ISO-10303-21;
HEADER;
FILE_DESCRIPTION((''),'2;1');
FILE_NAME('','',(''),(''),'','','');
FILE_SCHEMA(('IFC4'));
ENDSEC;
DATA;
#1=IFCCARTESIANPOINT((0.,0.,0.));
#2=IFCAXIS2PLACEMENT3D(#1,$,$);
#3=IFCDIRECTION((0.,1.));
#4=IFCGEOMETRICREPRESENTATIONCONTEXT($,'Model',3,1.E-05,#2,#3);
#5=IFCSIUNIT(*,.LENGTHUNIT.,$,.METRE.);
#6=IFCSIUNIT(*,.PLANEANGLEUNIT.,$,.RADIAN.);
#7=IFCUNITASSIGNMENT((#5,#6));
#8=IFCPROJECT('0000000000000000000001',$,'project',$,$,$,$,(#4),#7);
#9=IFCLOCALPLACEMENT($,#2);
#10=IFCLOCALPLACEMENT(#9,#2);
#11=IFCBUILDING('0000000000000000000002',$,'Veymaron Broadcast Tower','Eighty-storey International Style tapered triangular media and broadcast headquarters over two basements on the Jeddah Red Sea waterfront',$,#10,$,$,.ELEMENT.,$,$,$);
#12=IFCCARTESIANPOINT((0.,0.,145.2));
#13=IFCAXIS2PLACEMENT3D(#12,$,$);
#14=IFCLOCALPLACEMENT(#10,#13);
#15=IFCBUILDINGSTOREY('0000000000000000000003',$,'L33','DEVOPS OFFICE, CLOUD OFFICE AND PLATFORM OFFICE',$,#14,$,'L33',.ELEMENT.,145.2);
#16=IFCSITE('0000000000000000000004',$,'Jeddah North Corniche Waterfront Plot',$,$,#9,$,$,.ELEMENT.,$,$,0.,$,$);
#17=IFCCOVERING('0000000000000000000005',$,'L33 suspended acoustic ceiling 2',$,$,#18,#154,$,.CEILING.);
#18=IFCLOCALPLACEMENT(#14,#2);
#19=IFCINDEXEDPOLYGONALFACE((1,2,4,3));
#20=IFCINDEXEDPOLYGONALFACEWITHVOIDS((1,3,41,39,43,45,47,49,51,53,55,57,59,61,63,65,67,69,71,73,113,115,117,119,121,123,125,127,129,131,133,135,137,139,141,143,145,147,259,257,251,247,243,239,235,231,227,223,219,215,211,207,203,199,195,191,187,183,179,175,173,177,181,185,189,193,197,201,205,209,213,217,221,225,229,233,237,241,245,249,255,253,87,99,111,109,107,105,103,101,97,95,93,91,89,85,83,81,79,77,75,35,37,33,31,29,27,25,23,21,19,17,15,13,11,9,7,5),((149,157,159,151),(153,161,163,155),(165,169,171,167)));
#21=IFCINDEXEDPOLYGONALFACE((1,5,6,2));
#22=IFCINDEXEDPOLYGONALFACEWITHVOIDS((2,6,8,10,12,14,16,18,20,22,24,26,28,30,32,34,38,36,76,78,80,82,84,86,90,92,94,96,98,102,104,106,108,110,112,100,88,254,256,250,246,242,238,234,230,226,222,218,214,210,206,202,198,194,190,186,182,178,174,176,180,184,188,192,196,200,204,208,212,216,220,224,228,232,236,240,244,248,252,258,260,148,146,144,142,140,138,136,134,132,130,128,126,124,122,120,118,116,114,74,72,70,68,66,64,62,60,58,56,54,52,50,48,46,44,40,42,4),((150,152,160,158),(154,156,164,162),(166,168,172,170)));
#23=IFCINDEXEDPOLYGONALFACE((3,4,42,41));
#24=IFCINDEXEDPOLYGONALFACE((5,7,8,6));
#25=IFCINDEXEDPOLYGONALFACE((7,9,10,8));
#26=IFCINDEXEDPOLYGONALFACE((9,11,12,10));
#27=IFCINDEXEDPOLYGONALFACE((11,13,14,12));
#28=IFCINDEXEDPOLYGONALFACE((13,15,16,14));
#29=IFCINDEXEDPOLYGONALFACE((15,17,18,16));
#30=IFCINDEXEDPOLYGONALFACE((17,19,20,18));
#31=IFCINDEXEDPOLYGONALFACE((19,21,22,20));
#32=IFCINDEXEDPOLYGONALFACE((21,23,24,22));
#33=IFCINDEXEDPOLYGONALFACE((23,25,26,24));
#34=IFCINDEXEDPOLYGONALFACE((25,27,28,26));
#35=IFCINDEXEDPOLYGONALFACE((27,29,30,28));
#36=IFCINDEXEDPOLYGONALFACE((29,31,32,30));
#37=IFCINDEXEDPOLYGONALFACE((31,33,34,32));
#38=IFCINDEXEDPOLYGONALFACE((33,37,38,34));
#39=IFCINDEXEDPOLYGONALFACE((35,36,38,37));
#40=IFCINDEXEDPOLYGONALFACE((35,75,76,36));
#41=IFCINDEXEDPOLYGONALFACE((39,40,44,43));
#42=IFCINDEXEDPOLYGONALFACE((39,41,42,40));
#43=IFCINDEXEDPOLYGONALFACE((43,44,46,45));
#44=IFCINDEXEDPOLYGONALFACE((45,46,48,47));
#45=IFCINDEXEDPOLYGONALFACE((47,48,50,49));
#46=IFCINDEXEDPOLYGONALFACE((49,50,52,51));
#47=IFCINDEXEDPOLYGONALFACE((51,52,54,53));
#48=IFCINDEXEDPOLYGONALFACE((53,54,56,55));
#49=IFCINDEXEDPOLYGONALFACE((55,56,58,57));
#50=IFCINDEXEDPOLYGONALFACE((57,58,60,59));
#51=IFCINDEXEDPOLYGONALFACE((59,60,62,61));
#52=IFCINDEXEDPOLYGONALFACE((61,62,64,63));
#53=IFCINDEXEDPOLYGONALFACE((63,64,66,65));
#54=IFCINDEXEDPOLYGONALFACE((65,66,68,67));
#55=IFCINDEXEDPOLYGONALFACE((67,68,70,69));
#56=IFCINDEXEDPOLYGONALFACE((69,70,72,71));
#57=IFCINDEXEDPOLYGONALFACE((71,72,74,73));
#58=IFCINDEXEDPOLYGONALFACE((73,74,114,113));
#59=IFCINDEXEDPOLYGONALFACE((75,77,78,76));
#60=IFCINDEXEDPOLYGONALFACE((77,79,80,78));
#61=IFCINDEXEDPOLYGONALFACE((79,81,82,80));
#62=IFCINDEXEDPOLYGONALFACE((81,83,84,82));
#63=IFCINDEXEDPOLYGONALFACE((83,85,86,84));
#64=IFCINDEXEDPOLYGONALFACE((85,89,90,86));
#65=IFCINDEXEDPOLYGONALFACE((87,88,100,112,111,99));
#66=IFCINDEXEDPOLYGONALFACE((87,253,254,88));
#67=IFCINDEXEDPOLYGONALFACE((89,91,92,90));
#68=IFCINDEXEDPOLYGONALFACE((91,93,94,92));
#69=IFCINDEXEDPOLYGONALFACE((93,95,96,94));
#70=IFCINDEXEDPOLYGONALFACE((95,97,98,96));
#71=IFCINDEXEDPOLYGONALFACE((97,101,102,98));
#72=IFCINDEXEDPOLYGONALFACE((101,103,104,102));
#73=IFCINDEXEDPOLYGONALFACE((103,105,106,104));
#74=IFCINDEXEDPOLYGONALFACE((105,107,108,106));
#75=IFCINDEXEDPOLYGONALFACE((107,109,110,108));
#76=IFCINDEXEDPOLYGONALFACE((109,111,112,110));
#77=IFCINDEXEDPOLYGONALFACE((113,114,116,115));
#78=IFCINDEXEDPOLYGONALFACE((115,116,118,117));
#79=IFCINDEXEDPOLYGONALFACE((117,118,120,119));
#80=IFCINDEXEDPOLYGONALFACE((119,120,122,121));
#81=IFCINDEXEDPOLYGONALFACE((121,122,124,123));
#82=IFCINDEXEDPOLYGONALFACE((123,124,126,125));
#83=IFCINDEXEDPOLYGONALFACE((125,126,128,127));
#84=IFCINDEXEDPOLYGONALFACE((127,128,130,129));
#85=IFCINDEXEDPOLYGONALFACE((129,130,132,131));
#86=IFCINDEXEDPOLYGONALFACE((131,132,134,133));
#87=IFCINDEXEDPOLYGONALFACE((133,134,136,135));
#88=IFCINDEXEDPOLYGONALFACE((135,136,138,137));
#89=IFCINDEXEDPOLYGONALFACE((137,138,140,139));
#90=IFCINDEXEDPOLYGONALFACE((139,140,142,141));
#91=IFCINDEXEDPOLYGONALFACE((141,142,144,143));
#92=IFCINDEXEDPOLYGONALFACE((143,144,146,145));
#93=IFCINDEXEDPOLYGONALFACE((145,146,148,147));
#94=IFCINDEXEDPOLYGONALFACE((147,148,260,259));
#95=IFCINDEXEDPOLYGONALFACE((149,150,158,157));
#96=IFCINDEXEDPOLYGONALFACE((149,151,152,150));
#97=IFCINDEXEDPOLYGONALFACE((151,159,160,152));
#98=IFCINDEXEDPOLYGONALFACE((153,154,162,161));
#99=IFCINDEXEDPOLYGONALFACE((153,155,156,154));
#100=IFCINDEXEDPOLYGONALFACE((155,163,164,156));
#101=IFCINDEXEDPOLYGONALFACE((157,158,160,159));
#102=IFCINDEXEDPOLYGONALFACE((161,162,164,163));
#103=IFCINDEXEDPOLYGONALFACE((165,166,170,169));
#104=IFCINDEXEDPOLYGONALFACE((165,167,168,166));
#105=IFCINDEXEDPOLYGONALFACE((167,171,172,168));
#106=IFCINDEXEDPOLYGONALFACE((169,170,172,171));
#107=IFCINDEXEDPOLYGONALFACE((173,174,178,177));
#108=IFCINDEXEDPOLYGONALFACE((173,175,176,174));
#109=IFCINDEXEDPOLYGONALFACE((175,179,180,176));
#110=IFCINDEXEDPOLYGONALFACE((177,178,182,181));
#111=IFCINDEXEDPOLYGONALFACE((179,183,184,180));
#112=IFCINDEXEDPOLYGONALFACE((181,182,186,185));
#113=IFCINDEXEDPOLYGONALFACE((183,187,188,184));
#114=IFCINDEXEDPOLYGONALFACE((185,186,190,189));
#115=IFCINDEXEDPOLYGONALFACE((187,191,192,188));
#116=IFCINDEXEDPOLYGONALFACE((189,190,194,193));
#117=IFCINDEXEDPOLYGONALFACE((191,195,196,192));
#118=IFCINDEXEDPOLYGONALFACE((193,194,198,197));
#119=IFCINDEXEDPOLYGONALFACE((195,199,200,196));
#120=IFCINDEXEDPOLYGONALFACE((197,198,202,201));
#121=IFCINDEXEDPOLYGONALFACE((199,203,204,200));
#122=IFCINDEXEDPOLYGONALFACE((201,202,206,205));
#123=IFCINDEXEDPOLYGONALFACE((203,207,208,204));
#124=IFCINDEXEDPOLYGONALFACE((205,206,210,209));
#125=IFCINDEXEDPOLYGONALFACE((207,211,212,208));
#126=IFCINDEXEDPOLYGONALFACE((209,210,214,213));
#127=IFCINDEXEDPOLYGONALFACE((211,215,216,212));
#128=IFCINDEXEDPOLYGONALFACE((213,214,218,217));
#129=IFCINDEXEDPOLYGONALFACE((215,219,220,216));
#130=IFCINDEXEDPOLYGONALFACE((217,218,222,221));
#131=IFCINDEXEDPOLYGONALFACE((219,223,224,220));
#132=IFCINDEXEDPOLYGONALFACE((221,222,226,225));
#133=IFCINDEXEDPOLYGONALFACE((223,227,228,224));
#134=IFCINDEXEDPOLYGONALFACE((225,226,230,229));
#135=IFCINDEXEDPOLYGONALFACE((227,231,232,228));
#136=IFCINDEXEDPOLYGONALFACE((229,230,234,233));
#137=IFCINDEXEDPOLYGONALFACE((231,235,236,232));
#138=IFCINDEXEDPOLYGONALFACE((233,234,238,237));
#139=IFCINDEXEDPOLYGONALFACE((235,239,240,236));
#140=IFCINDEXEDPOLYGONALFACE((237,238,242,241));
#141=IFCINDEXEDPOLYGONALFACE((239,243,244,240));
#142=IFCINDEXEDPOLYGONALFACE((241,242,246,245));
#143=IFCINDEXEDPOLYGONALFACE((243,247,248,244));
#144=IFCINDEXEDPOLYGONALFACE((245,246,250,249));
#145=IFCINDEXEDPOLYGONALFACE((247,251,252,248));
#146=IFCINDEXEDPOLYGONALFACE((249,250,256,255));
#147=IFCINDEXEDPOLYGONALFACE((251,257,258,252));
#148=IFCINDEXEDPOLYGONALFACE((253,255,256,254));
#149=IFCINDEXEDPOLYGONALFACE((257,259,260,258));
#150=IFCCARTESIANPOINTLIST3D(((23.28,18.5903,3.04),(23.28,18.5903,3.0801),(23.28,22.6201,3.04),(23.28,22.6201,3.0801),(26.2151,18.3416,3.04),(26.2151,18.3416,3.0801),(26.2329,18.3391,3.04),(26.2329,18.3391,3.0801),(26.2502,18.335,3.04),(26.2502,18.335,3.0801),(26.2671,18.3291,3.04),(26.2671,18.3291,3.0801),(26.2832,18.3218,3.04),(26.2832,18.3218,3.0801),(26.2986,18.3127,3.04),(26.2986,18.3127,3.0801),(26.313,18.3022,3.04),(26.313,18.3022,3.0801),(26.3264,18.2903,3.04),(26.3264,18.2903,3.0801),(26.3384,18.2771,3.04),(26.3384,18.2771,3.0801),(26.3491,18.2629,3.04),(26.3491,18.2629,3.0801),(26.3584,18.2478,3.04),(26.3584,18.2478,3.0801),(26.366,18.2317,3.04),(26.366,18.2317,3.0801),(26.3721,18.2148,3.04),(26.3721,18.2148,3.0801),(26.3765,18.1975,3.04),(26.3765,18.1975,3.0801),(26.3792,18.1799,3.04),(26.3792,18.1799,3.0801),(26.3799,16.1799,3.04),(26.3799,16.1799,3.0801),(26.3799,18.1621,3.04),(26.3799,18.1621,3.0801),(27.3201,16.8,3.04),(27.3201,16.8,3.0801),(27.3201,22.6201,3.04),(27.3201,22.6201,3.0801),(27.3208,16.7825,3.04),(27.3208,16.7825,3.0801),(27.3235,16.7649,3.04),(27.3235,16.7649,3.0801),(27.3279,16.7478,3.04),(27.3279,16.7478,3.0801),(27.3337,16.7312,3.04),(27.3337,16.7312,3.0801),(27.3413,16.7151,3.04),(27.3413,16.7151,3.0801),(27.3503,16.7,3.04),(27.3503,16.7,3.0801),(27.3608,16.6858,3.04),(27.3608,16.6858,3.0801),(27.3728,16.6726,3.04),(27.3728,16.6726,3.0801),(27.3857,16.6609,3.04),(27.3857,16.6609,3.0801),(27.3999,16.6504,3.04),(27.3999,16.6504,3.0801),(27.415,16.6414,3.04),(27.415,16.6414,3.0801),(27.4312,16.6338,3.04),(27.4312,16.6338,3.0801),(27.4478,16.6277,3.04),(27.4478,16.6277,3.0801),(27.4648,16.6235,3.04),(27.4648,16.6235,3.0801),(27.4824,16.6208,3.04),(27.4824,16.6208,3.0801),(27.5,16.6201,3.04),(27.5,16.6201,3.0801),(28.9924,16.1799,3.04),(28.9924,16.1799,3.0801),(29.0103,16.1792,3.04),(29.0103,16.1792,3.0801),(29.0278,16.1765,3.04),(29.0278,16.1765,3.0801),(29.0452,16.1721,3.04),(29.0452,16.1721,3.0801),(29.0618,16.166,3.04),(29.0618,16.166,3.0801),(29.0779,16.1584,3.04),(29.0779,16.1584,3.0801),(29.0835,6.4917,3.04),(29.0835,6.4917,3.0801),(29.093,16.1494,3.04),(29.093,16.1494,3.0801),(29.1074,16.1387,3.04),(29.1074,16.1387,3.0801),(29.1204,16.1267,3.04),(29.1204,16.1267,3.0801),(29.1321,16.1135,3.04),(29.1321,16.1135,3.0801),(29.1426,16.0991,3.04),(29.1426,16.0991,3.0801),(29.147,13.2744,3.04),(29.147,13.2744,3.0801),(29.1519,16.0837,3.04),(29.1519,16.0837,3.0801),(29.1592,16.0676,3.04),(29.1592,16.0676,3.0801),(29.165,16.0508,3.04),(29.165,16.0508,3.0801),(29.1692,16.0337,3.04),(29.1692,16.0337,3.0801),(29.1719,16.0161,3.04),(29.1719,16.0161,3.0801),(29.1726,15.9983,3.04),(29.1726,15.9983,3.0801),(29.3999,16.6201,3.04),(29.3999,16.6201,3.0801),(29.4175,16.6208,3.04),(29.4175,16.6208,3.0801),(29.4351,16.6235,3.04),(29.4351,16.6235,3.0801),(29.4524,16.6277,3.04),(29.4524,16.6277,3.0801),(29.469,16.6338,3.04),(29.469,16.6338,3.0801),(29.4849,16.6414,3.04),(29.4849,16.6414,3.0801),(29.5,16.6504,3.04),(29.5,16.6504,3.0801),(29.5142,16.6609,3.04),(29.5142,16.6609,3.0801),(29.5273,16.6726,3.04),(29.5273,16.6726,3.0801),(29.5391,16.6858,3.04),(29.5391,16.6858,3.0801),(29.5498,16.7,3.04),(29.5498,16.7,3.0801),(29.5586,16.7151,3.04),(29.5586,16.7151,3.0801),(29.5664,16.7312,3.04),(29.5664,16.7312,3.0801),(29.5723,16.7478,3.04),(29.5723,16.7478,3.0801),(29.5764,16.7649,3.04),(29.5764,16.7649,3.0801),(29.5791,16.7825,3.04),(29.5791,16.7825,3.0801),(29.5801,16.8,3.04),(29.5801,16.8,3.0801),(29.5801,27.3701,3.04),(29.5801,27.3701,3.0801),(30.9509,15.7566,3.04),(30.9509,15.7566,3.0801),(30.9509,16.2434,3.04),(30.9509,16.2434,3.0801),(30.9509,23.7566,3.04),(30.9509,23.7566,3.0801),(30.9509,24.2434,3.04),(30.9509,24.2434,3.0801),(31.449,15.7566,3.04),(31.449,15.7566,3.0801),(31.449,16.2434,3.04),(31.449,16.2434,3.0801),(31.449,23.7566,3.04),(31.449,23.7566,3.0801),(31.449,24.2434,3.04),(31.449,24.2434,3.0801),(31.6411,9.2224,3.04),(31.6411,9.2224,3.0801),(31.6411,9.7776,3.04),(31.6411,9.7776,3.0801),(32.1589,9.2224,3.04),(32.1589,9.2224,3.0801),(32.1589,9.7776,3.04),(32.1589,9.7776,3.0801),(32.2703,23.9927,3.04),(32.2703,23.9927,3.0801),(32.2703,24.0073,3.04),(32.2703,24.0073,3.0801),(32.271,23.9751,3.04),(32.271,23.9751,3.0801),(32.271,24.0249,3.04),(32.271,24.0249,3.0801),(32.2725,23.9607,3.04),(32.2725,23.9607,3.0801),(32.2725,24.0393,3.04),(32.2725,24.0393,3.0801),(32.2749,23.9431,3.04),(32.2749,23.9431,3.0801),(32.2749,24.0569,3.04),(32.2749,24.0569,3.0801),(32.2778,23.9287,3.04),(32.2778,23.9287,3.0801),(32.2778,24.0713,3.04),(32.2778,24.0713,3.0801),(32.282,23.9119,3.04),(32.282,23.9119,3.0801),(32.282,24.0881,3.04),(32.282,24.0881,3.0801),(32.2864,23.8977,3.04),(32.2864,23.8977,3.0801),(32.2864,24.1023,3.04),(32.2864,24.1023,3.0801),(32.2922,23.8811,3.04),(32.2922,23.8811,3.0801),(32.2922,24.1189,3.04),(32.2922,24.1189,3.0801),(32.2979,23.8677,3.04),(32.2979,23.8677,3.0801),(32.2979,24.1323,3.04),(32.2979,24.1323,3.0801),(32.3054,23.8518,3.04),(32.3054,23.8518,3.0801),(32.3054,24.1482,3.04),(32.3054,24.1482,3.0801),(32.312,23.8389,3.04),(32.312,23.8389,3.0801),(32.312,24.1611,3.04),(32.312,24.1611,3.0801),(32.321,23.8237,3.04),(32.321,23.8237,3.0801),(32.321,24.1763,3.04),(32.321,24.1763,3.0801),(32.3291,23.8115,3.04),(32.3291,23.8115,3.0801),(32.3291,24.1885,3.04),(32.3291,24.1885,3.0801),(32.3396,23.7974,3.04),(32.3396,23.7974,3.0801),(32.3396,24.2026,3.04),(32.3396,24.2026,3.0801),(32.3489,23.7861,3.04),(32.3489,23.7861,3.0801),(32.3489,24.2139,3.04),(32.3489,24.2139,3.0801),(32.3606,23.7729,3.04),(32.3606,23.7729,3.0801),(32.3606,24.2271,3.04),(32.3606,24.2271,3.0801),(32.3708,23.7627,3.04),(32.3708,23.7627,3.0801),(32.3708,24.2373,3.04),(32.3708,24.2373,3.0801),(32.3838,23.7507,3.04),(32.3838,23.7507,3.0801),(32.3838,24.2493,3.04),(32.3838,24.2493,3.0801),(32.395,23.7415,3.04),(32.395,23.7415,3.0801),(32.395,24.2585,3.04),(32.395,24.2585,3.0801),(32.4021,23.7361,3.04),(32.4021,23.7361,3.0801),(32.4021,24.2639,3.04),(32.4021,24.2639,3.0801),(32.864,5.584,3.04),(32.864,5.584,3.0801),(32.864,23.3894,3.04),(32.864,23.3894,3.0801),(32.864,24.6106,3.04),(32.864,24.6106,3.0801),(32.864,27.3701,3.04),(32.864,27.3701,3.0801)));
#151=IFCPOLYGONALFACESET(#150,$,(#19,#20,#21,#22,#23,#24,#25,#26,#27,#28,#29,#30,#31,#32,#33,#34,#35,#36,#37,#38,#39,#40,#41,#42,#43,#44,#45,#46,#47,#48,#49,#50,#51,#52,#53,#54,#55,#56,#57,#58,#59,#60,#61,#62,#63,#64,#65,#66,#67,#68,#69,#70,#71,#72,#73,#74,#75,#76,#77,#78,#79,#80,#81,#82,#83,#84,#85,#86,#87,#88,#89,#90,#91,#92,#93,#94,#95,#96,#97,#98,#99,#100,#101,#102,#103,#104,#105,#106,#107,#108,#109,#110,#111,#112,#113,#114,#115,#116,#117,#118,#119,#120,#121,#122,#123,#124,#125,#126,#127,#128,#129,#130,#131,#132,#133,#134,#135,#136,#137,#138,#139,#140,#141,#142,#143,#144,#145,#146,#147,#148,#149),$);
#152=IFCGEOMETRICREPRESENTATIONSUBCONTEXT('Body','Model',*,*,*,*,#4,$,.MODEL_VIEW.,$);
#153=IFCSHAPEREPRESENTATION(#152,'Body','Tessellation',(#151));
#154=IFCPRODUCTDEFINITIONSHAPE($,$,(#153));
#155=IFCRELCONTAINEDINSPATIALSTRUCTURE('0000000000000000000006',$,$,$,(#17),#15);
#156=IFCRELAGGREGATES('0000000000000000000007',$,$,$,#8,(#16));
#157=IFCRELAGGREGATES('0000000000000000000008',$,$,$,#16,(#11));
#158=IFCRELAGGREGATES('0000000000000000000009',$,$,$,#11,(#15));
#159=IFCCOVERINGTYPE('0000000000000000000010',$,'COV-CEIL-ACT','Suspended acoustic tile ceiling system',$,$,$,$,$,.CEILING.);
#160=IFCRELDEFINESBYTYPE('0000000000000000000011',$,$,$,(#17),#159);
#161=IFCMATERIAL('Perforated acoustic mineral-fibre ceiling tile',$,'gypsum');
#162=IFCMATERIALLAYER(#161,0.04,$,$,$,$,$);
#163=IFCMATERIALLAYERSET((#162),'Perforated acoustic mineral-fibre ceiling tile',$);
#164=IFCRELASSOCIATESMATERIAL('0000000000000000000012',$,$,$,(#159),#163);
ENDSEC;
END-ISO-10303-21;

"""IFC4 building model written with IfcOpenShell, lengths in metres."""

from ifc_helpers import new_model, si_unit, direction, frame, origin, place, context, subcontext, project, spatial, polyline, outline, extrude, material, layer, layer_set, type_object, element, save


model = new_model("IFC4")

# Units and contexts
model_context = context("Model", 3, precision=1e-05, world=origin(), true_north=direction((0.0, 1.0)))
body_context = subcontext(model_context, "Body", "Model", "MODEL_VIEW")
ifc_project = project(units=[si_unit("LENGTHUNIT", "METRE"), si_unit("PLANEANGLEUNIT", "RADIAN")], contexts=[model_context])

# Site, building, storey
site_placement = place(None, origin())
site = spatial("IfcSite", under=ifc_project, at=site_placement, Name="Jeddah North Corniche Waterfront Plot", CompositionType="ELEMENT", RefElevation=0.0)
building_placement = place(site_placement, origin())
building = spatial("IfcBuilding", under=site, at=building_placement, Name="Veymaron Broadcast Tower", Description="Eighty-storey International Style tapered triangular media and broadcast headquarters over two basements on the Jeddah Red Sea waterfront", CompositionType="ELEMENT")
storey_placement = place(building_placement, frame((0.0, 0.0, 145.2)))
storey = spatial("IfcBuildingStorey", under=building, at=storey_placement, Name="L33", Description="DEVOPS OFFICE, CLOUD OFFICE AND PLATFORM OFFICE", LongName="L33", CompositionType="ELEMENT", Elevation=145.2)

# Covering
ifc_material_1 = material(Name="Perforated acoustic mineral-fibre ceiling tile", Category="gypsum")
ifc_layer_1 = layer(ifc_material_1, 0.04)
ifc_layer_set_1 = layer_set([ifc_layer_1], Name="Perforated acoustic mineral-fibre ceiling tile")
covering_type_1 = type_object("IfcCoveringType", Name="COV-CEIL-ACT", Description="Suspended acoustic tile ceiling system", PredefinedType="CEILING", material=ifc_layer_set_1)
covering_1_placement = place(storey_placement, frame((0.0, 0.0, 3.04)))
element("IfcCovering", 1, at=covering_1_placement, inside=storey, type_object=covering_type_1, Name="L33 suspended acoustic ceiling 2", PredefinedType="CEILING", context=body_context, shape_type="SweptSolid", body=[
    extrude(outline(polyline([(27.4312, 16.6338), (27.4478, 16.6277), (27.4648, 16.6235), (27.4824, 16.6208), (27.5, 16.6201), (29.3999, 16.6201), (29.4175, 16.6208), (29.4351, 16.6235), (29.4524, 16.6277), (29.469, 16.6338), (29.4849, 16.6414), (29.5, 16.6504), (29.5142, 16.6609), (29.5273, 16.6726), (29.5391, 16.6858), (29.5498, 16.7), (29.5586, 16.7151), (29.5664, 16.7312), (29.5723, 16.7478), (29.5764, 16.7649), (29.5791, 16.7825), (29.5801, 16.8), (29.5801, 27.3701), (32.864, 27.3701), (32.864, 24.6106), (32.4021, 24.2639), (32.395, 24.2585), (32.3838, 24.2493), (32.3708, 24.2373), (32.3606, 24.2271), (32.3489, 24.2139), (32.3396, 24.2026), (32.3291, 24.1885), (32.321, 24.1763), (32.312, 24.1611), (32.3054, 24.1482), (32.2979, 24.1323), (32.2922, 24.1189), (32.2864, 24.1023), (32.282, 24.0881), (32.2778, 24.0713), (32.2749, 24.0569), (32.2725, 24.0393), (32.271, 24.0249), (32.2703, 24.0073), (32.2703, 23.9927), (32.271, 23.9751), (32.2725, 23.9607), (32.2749, 23.9431), (32.2778, 23.9287), (32.282, 23.9119), (32.2864, 23.8977), (32.2922, 23.8811), (32.2979, 23.8677), (32.3054, 23.8518), (32.312, 23.8389), (32.321, 23.8237), (32.3291, 23.8115), (32.3396, 23.7974), (32.3489, 23.7861), (32.3606, 23.7729), (32.3708, 23.7627), (32.3838, 23.7507), (32.395, 23.7415), (32.4021, 23.7361), (32.864, 23.3894), (32.864, 5.584), (29.0835, 6.4917), (29.147, 13.2744), (29.1726, 15.9983), (29.1719, 16.0161), (29.1692, 16.0337), (29.165, 16.0508), (29.1592, 16.0676), (29.1519, 16.0837), (29.1426, 16.0991), (29.1321, 16.1135), (29.1204, 16.1267), (29.1074, 16.1387), (29.093, 16.1494), (29.0779, 16.1584), (29.0618, 16.166), (29.0452, 16.1721), (29.0278, 16.1765), (29.0103, 16.1792), (28.9924, 16.1799), (26.3799, 16.1799), (26.3799, 18.1621), (26.3792, 18.1799), (26.3765, 18.1975), (26.3721, 18.2148), (26.366, 18.2317), (26.3584, 18.2478), (26.3491, 18.2629), (26.3384, 18.2771), (26.3264, 18.2903), (26.313, 18.3022), (26.2986, 18.3127), (26.2832, 18.3218), (26.2671, 18.3291), (26.2502, 18.335), (26.2329, 18.3391), (26.2151, 18.3416), (23.28, 18.5903), (23.28, 22.6201), (27.3201, 22.6201), (27.3201, 16.8), (27.3208, 16.7825), (27.3235, 16.7649), (27.3279, 16.7478), (27.3337, 16.7312), (27.3413, 16.7151), (27.3503, 16.7), (27.3608, 16.6858), (27.3728, 16.6726), (27.3857, 16.6609), (27.3999, 16.6504), (27.415, 16.6414), (27.4312, 16.6338)]), holes=[polyline([(31.6411, 9.7776), (31.6411, 9.2224), (32.1589, 9.2224), (32.1589, 9.7776), (31.6411, 9.7776)]), polyline([(30.9509, 16.2434), (30.9509, 15.7566), (31.449, 15.7566), (31.449, 16.2434), (30.9509, 16.2434)]), polyline([(31.449, 24.2434), (30.9509, 24.2434), (30.9509, 23.7566), (31.449, 23.7566), (31.449, 24.2434)])]), origin(), (0.0, 0.0, 1.0), 0.04),
])

save(model, "model.ifc")
